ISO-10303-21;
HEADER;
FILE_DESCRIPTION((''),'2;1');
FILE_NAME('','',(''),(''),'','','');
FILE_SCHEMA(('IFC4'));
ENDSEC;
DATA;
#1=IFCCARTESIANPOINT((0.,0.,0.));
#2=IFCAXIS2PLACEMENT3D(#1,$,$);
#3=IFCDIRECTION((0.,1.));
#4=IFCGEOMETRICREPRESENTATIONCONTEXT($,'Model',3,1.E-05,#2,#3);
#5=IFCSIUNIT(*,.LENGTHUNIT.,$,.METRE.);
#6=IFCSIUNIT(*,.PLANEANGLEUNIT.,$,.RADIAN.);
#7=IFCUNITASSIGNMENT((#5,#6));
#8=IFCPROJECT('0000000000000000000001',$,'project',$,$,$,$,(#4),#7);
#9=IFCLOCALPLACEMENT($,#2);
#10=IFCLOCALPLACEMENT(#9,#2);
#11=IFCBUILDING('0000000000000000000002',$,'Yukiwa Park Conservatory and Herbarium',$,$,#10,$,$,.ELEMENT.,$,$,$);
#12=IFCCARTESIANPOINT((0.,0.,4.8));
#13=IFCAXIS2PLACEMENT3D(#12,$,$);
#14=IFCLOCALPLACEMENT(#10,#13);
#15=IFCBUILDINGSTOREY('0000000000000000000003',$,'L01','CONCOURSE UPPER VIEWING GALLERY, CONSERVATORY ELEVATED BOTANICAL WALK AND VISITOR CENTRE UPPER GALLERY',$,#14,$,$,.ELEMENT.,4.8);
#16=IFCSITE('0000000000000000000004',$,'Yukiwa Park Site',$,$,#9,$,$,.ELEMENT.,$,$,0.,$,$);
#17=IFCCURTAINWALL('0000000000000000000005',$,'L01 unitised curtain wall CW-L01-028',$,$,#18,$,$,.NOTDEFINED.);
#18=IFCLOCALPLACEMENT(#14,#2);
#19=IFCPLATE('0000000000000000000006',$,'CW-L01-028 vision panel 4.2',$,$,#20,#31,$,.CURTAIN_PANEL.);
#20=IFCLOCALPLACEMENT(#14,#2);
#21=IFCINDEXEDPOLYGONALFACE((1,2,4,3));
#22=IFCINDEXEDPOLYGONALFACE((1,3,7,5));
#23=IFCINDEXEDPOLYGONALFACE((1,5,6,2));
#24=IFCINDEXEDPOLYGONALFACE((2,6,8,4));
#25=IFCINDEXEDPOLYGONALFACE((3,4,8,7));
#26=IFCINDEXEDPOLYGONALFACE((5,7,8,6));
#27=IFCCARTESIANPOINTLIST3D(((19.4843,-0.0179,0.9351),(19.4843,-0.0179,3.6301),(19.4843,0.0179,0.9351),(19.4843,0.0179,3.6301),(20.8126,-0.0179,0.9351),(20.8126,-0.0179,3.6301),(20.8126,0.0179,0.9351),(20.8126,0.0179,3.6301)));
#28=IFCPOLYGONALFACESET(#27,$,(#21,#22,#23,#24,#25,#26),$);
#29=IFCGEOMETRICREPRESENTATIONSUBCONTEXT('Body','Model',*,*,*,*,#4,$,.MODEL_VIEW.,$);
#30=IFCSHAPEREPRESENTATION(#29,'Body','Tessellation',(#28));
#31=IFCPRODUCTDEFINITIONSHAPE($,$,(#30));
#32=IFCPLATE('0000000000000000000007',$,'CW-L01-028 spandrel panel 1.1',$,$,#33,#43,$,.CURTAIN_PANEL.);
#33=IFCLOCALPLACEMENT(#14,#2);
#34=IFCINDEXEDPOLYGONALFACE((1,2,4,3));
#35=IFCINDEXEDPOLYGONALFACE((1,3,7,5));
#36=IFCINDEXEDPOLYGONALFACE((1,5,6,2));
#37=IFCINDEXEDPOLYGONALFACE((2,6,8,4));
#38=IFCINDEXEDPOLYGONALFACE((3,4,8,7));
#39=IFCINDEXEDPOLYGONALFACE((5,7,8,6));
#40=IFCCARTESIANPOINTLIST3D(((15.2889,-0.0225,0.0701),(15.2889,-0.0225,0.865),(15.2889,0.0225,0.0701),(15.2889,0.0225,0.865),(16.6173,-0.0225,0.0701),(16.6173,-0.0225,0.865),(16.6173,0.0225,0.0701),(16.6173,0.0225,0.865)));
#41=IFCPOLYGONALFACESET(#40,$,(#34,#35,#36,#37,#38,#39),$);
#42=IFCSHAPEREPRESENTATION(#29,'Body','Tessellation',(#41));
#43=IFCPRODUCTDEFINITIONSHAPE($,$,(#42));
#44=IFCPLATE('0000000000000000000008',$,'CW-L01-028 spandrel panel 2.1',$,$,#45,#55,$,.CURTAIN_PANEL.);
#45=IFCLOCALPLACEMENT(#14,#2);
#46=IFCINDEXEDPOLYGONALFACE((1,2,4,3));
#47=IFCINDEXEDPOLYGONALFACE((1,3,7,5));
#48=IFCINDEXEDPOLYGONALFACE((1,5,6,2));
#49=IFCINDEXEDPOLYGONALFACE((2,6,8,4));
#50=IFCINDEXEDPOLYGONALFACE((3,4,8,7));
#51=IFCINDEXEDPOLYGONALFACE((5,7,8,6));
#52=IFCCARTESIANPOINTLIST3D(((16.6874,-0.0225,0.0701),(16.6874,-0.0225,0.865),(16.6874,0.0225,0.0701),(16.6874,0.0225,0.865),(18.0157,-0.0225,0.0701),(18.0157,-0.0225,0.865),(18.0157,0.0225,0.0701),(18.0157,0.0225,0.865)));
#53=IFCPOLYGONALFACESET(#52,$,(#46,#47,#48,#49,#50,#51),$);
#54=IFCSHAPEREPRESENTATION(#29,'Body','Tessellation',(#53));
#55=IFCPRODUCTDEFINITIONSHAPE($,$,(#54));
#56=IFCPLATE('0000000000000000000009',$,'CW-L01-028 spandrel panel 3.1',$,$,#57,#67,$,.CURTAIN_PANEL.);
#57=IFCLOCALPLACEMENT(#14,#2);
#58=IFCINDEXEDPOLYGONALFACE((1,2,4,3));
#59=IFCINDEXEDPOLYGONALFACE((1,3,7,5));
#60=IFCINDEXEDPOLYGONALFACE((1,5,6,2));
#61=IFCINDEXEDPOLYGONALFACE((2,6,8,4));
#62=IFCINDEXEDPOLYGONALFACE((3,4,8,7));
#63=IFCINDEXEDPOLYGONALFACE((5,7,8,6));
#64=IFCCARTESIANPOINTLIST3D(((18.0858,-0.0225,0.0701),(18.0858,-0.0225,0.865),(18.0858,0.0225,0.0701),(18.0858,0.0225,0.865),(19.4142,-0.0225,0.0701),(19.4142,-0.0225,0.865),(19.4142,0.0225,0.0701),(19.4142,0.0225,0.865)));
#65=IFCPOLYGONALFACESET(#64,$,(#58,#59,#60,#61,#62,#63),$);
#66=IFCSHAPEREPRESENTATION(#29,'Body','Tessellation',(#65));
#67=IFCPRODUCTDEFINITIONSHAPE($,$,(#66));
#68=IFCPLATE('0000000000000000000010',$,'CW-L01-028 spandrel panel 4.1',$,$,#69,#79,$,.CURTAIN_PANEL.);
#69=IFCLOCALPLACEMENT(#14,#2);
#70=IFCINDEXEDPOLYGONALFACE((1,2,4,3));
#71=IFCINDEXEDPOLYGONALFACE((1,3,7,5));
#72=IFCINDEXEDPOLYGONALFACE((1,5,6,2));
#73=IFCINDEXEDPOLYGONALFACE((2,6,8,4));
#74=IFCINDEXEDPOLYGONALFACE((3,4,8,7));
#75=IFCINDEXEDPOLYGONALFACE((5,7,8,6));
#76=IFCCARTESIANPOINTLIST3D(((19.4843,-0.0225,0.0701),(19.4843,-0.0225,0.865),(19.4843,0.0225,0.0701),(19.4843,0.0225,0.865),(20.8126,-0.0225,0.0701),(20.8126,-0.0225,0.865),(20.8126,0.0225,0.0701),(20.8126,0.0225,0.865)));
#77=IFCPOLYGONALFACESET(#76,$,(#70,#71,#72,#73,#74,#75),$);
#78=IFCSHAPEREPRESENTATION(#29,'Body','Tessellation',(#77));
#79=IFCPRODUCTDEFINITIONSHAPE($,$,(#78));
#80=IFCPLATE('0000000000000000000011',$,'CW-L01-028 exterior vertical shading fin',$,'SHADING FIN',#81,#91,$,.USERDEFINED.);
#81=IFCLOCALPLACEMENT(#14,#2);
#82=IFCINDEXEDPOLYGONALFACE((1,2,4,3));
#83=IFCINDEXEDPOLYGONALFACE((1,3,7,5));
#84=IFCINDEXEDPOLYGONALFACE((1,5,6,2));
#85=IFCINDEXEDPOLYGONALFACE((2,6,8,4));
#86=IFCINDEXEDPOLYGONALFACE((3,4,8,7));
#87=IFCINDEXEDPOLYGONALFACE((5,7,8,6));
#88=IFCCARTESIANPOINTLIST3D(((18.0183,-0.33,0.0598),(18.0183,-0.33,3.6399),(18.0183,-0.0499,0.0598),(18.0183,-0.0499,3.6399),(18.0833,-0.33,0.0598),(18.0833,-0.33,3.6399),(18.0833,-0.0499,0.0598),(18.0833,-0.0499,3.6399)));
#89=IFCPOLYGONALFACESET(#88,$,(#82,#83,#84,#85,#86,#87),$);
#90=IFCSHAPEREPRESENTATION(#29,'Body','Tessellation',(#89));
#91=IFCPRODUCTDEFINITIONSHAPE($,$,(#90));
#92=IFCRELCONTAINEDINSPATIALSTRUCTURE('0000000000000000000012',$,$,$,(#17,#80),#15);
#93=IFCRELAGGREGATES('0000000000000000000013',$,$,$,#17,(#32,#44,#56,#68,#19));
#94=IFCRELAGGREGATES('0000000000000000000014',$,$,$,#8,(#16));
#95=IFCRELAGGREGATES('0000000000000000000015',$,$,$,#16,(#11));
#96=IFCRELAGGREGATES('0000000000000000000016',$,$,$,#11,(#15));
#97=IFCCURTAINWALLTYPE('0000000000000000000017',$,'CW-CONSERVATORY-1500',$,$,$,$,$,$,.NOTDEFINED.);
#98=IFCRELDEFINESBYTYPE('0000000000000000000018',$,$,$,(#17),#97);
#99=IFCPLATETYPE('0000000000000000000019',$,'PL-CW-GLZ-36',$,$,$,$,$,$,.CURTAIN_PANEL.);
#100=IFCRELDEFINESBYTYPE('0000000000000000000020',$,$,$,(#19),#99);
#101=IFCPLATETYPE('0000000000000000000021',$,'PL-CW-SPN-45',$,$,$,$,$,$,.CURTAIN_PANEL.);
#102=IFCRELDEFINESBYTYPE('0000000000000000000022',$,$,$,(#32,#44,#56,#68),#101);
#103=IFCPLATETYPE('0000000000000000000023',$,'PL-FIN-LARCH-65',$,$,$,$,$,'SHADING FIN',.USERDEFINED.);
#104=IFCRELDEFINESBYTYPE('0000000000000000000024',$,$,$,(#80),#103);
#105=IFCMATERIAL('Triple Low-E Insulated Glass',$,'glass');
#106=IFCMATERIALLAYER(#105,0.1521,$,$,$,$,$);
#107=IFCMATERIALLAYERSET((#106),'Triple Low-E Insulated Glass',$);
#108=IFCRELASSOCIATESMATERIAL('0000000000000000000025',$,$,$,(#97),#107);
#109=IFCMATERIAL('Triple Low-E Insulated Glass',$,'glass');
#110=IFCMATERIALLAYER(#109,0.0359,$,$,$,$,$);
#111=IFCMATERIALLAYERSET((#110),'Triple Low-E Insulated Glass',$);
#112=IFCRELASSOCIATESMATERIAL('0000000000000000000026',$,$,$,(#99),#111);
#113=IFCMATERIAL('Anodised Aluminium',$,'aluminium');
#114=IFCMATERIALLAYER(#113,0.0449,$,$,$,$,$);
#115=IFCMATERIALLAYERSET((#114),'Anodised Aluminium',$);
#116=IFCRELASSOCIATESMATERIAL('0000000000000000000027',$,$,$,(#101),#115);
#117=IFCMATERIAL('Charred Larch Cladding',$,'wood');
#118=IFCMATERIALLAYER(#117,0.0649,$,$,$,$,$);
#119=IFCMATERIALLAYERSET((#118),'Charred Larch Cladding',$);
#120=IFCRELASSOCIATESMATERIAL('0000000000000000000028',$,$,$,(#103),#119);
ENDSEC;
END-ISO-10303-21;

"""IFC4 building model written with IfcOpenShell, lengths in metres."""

from ifc_helpers import new_model, si_unit, direction, frame, origin, origin_2d, place, context, subcontext, project, spatial, rectangle, extrude, material, layer, layer_set, type_object, element, aggregate, save


model = new_model("IFC4")

# Units and contexts
model_context = context("Model", 3, precision=1e-05, world=origin(), true_north=direction((0.0, 1.0)))
body_context = subcontext(model_context, "Body", "Model", "MODEL_VIEW")
ifc_project = project(units=[si_unit("LENGTHUNIT", "METRE"), si_unit("PLANEANGLEUNIT", "RADIAN")], contexts=[model_context])

# Site, building, storey
site_placement = place(None, origin())
site = spatial("IfcSite", under=ifc_project, at=site_placement, Name="Yukiwa Park Site", CompositionType="ELEMENT", RefElevation=0.0)
building_placement = place(site_placement, origin())
building = spatial("IfcBuilding", under=site, at=building_placement, Name="Yukiwa Park Conservatory and Herbarium", CompositionType="ELEMENT")
storey_placement = place(building_placement, frame((0.0, 0.0, 4.8)))
storey = spatial("IfcBuildingStorey", under=building, at=storey_placement, Name="L01", Description="CONCOURSE UPPER VIEWING GALLERY, CONSERVATORY ELEVATED BOTANICAL WALK AND VISITOR CENTRE UPPER GALLERY", CompositionType="ELEMENT", Elevation=4.8)

# Curtain wall, plates
ifc_material_1 = material(Name="Triple Low-E Insulated Glass", Category="glass")
ifc_layer_1 = layer(ifc_material_1, 0.1521)
ifc_layer_set_1 = layer_set([ifc_layer_1], Name="Triple Low-E Insulated Glass")
curtain_wall_type = type_object("IfcCurtainWallType", Name="CW-CONSERVATORY-1500", PredefinedType="NOTDEFINED", material=ifc_layer_set_1)
curtain_wall_placement = place(storey_placement, origin())
curtain_wall = element("IfcCurtainWall", 1, at=curtain_wall_placement, inside=storey, type_object=curtain_wall_type, Name="L01 unitised curtain wall CW-L01-028", PredefinedType="NOTDEFINED")
ifc_material_2 = material(Name="Triple Low-E Insulated Glass", Category="glass")
ifc_layer_2 = layer(ifc_material_2, 0.0359)
ifc_layer_set_2 = layer_set([ifc_layer_2], Name="Triple Low-E Insulated Glass")
plate_type_1 = type_object("IfcPlateType", Name="PL-CW-GLZ-36", PredefinedType="CURTAIN_PANEL", material=ifc_layer_set_2)
plate_1_placement = place(storey_placement, frame((20.1484, 0.0, 0.9351), z_axis=(0.0, 0.0, 1.0), x_axis=(1.0, 0.0, 0.0)))
plate_1 = element("IfcPlate", 2, at=plate_1_placement, type_object=plate_type_1, Name="CW-L01-028 vision panel 4.2", PredefinedType="CURTAIN_PANEL", context=body_context, shape_type="SweptSolid", body=[
    extrude(rectangle(XDim=1.3284, YDim=0.0359, at=origin_2d()), origin(), (0.0, 0.0, 1.0), 2.6951),
])
ifc_material_3 = material(Name="Anodised Aluminium", Category="aluminium")
ifc_layer_3 = layer(ifc_material_3, 0.0449)
ifc_layer_set_3 = layer_set([ifc_layer_3], Name="Anodised Aluminium")
plate_type_2 = type_object("IfcPlateType", Name="PL-CW-SPN-45", PredefinedType="CURTAIN_PANEL", material=ifc_layer_set_3)
plate_2_placement = place(storey_placement, frame((15.9531, 0.0, 0.0701), z_axis=(0.0, 0.0, 1.0), x_axis=(1.0, 0.0, 0.0)))
plate_2 = element("IfcPlate", 3, at=plate_2_placement, type_object=plate_type_2, Name="CW-L01-028 spandrel panel 1.1", PredefinedType="CURTAIN_PANEL", context=body_context, shape_type="SweptSolid", body=[
    extrude(rectangle(XDim=1.3284, YDim=0.0449, at=origin_2d()), origin(), (0.0, 0.0, 1.0), 0.7949),
])
plate_3_placement = place(storey_placement, frame((17.3516, 0.0, 0.0701), z_axis=(0.0, 0.0, 1.0), x_axis=(1.0, 0.0, 0.0)))
plate_3 = element("IfcPlate", 4, at=plate_3_placement, type_object=plate_type_2, Name="CW-L01-028 spandrel panel 2.1", PredefinedType="CURTAIN_PANEL", context=body_context, shape_type="SweptSolid", body=[
    extrude(rectangle(XDim=1.3284, YDim=0.0449, at=origin_2d()), origin(), (0.0, 0.0, 1.0), 0.7949),
])
plate_4_placement = place(storey_placement, frame((18.75, 0.0, 0.0701), z_axis=(0.0, 0.0, 1.0), x_axis=(1.0, 0.0, 0.0)))
plate_4 = element("IfcPlate", 5, at=plate_4_placement, type_object=plate_type_2, Name="CW-L01-028 spandrel panel 3.1", PredefinedType="CURTAIN_PANEL", context=body_context, shape_type="SweptSolid", body=[
    extrude(rectangle(XDim=1.3284, YDim=0.0449, at=origin_2d()), origin(), (0.0, 0.0, 1.0), 0.7949),
])
plate_5_placement = place(storey_placement, frame((20.1484, 0.0, 0.0701), z_axis=(0.0, 0.0, 1.0), x_axis=(1.0, 0.0, 0.0)))
plate_5 = element("IfcPlate", 6, at=plate_5_placement, type_object=plate_type_2, Name="CW-L01-028 spandrel panel 4.1", PredefinedType="CURTAIN_PANEL", context=body_context, shape_type="SweptSolid", body=[
    extrude(rectangle(XDim=1.3284, YDim=0.0449, at=origin_2d()), origin(), (0.0, 0.0, 1.0), 0.7949),
])
aggregate(curtain_wall, [plate_2, plate_3, plate_4, plate_5, plate_1])

# Plate
ifc_material_4 = material(Name="Charred Larch Cladding", Category="wood")
ifc_layer_4 = layer(ifc_material_4, 0.0649)
ifc_layer_set_4 = layer_set([ifc_layer_4], Name="Charred Larch Cladding")
plate_type_3 = type_object("IfcPlateType", Name="PL-FIN-LARCH-65", ElementType="SHADING FIN", PredefinedType="USERDEFINED", material=ifc_layer_set_4)
plate_6_placement = place(storey_placement, frame((18.0508, -0.1899, 0.0598), z_axis=(0.0, 0.0, 1.0), x_axis=(1.0, 0.0, 0.0)))
element("IfcPlate", 7, at=plate_6_placement, inside=storey, type_object=plate_type_3, Name="CW-L01-028 exterior vertical shading fin", ObjectType="SHADING FIN", PredefinedType="USERDEFINED", context=body_context, shape_type="SweptSolid", body=[
    extrude(rectangle(XDim=0.0649, YDim=0.28, at=origin_2d()), origin(), (0.0, 0.0, 1.0), 3.5801),
])

save(model, "model.ifc")
